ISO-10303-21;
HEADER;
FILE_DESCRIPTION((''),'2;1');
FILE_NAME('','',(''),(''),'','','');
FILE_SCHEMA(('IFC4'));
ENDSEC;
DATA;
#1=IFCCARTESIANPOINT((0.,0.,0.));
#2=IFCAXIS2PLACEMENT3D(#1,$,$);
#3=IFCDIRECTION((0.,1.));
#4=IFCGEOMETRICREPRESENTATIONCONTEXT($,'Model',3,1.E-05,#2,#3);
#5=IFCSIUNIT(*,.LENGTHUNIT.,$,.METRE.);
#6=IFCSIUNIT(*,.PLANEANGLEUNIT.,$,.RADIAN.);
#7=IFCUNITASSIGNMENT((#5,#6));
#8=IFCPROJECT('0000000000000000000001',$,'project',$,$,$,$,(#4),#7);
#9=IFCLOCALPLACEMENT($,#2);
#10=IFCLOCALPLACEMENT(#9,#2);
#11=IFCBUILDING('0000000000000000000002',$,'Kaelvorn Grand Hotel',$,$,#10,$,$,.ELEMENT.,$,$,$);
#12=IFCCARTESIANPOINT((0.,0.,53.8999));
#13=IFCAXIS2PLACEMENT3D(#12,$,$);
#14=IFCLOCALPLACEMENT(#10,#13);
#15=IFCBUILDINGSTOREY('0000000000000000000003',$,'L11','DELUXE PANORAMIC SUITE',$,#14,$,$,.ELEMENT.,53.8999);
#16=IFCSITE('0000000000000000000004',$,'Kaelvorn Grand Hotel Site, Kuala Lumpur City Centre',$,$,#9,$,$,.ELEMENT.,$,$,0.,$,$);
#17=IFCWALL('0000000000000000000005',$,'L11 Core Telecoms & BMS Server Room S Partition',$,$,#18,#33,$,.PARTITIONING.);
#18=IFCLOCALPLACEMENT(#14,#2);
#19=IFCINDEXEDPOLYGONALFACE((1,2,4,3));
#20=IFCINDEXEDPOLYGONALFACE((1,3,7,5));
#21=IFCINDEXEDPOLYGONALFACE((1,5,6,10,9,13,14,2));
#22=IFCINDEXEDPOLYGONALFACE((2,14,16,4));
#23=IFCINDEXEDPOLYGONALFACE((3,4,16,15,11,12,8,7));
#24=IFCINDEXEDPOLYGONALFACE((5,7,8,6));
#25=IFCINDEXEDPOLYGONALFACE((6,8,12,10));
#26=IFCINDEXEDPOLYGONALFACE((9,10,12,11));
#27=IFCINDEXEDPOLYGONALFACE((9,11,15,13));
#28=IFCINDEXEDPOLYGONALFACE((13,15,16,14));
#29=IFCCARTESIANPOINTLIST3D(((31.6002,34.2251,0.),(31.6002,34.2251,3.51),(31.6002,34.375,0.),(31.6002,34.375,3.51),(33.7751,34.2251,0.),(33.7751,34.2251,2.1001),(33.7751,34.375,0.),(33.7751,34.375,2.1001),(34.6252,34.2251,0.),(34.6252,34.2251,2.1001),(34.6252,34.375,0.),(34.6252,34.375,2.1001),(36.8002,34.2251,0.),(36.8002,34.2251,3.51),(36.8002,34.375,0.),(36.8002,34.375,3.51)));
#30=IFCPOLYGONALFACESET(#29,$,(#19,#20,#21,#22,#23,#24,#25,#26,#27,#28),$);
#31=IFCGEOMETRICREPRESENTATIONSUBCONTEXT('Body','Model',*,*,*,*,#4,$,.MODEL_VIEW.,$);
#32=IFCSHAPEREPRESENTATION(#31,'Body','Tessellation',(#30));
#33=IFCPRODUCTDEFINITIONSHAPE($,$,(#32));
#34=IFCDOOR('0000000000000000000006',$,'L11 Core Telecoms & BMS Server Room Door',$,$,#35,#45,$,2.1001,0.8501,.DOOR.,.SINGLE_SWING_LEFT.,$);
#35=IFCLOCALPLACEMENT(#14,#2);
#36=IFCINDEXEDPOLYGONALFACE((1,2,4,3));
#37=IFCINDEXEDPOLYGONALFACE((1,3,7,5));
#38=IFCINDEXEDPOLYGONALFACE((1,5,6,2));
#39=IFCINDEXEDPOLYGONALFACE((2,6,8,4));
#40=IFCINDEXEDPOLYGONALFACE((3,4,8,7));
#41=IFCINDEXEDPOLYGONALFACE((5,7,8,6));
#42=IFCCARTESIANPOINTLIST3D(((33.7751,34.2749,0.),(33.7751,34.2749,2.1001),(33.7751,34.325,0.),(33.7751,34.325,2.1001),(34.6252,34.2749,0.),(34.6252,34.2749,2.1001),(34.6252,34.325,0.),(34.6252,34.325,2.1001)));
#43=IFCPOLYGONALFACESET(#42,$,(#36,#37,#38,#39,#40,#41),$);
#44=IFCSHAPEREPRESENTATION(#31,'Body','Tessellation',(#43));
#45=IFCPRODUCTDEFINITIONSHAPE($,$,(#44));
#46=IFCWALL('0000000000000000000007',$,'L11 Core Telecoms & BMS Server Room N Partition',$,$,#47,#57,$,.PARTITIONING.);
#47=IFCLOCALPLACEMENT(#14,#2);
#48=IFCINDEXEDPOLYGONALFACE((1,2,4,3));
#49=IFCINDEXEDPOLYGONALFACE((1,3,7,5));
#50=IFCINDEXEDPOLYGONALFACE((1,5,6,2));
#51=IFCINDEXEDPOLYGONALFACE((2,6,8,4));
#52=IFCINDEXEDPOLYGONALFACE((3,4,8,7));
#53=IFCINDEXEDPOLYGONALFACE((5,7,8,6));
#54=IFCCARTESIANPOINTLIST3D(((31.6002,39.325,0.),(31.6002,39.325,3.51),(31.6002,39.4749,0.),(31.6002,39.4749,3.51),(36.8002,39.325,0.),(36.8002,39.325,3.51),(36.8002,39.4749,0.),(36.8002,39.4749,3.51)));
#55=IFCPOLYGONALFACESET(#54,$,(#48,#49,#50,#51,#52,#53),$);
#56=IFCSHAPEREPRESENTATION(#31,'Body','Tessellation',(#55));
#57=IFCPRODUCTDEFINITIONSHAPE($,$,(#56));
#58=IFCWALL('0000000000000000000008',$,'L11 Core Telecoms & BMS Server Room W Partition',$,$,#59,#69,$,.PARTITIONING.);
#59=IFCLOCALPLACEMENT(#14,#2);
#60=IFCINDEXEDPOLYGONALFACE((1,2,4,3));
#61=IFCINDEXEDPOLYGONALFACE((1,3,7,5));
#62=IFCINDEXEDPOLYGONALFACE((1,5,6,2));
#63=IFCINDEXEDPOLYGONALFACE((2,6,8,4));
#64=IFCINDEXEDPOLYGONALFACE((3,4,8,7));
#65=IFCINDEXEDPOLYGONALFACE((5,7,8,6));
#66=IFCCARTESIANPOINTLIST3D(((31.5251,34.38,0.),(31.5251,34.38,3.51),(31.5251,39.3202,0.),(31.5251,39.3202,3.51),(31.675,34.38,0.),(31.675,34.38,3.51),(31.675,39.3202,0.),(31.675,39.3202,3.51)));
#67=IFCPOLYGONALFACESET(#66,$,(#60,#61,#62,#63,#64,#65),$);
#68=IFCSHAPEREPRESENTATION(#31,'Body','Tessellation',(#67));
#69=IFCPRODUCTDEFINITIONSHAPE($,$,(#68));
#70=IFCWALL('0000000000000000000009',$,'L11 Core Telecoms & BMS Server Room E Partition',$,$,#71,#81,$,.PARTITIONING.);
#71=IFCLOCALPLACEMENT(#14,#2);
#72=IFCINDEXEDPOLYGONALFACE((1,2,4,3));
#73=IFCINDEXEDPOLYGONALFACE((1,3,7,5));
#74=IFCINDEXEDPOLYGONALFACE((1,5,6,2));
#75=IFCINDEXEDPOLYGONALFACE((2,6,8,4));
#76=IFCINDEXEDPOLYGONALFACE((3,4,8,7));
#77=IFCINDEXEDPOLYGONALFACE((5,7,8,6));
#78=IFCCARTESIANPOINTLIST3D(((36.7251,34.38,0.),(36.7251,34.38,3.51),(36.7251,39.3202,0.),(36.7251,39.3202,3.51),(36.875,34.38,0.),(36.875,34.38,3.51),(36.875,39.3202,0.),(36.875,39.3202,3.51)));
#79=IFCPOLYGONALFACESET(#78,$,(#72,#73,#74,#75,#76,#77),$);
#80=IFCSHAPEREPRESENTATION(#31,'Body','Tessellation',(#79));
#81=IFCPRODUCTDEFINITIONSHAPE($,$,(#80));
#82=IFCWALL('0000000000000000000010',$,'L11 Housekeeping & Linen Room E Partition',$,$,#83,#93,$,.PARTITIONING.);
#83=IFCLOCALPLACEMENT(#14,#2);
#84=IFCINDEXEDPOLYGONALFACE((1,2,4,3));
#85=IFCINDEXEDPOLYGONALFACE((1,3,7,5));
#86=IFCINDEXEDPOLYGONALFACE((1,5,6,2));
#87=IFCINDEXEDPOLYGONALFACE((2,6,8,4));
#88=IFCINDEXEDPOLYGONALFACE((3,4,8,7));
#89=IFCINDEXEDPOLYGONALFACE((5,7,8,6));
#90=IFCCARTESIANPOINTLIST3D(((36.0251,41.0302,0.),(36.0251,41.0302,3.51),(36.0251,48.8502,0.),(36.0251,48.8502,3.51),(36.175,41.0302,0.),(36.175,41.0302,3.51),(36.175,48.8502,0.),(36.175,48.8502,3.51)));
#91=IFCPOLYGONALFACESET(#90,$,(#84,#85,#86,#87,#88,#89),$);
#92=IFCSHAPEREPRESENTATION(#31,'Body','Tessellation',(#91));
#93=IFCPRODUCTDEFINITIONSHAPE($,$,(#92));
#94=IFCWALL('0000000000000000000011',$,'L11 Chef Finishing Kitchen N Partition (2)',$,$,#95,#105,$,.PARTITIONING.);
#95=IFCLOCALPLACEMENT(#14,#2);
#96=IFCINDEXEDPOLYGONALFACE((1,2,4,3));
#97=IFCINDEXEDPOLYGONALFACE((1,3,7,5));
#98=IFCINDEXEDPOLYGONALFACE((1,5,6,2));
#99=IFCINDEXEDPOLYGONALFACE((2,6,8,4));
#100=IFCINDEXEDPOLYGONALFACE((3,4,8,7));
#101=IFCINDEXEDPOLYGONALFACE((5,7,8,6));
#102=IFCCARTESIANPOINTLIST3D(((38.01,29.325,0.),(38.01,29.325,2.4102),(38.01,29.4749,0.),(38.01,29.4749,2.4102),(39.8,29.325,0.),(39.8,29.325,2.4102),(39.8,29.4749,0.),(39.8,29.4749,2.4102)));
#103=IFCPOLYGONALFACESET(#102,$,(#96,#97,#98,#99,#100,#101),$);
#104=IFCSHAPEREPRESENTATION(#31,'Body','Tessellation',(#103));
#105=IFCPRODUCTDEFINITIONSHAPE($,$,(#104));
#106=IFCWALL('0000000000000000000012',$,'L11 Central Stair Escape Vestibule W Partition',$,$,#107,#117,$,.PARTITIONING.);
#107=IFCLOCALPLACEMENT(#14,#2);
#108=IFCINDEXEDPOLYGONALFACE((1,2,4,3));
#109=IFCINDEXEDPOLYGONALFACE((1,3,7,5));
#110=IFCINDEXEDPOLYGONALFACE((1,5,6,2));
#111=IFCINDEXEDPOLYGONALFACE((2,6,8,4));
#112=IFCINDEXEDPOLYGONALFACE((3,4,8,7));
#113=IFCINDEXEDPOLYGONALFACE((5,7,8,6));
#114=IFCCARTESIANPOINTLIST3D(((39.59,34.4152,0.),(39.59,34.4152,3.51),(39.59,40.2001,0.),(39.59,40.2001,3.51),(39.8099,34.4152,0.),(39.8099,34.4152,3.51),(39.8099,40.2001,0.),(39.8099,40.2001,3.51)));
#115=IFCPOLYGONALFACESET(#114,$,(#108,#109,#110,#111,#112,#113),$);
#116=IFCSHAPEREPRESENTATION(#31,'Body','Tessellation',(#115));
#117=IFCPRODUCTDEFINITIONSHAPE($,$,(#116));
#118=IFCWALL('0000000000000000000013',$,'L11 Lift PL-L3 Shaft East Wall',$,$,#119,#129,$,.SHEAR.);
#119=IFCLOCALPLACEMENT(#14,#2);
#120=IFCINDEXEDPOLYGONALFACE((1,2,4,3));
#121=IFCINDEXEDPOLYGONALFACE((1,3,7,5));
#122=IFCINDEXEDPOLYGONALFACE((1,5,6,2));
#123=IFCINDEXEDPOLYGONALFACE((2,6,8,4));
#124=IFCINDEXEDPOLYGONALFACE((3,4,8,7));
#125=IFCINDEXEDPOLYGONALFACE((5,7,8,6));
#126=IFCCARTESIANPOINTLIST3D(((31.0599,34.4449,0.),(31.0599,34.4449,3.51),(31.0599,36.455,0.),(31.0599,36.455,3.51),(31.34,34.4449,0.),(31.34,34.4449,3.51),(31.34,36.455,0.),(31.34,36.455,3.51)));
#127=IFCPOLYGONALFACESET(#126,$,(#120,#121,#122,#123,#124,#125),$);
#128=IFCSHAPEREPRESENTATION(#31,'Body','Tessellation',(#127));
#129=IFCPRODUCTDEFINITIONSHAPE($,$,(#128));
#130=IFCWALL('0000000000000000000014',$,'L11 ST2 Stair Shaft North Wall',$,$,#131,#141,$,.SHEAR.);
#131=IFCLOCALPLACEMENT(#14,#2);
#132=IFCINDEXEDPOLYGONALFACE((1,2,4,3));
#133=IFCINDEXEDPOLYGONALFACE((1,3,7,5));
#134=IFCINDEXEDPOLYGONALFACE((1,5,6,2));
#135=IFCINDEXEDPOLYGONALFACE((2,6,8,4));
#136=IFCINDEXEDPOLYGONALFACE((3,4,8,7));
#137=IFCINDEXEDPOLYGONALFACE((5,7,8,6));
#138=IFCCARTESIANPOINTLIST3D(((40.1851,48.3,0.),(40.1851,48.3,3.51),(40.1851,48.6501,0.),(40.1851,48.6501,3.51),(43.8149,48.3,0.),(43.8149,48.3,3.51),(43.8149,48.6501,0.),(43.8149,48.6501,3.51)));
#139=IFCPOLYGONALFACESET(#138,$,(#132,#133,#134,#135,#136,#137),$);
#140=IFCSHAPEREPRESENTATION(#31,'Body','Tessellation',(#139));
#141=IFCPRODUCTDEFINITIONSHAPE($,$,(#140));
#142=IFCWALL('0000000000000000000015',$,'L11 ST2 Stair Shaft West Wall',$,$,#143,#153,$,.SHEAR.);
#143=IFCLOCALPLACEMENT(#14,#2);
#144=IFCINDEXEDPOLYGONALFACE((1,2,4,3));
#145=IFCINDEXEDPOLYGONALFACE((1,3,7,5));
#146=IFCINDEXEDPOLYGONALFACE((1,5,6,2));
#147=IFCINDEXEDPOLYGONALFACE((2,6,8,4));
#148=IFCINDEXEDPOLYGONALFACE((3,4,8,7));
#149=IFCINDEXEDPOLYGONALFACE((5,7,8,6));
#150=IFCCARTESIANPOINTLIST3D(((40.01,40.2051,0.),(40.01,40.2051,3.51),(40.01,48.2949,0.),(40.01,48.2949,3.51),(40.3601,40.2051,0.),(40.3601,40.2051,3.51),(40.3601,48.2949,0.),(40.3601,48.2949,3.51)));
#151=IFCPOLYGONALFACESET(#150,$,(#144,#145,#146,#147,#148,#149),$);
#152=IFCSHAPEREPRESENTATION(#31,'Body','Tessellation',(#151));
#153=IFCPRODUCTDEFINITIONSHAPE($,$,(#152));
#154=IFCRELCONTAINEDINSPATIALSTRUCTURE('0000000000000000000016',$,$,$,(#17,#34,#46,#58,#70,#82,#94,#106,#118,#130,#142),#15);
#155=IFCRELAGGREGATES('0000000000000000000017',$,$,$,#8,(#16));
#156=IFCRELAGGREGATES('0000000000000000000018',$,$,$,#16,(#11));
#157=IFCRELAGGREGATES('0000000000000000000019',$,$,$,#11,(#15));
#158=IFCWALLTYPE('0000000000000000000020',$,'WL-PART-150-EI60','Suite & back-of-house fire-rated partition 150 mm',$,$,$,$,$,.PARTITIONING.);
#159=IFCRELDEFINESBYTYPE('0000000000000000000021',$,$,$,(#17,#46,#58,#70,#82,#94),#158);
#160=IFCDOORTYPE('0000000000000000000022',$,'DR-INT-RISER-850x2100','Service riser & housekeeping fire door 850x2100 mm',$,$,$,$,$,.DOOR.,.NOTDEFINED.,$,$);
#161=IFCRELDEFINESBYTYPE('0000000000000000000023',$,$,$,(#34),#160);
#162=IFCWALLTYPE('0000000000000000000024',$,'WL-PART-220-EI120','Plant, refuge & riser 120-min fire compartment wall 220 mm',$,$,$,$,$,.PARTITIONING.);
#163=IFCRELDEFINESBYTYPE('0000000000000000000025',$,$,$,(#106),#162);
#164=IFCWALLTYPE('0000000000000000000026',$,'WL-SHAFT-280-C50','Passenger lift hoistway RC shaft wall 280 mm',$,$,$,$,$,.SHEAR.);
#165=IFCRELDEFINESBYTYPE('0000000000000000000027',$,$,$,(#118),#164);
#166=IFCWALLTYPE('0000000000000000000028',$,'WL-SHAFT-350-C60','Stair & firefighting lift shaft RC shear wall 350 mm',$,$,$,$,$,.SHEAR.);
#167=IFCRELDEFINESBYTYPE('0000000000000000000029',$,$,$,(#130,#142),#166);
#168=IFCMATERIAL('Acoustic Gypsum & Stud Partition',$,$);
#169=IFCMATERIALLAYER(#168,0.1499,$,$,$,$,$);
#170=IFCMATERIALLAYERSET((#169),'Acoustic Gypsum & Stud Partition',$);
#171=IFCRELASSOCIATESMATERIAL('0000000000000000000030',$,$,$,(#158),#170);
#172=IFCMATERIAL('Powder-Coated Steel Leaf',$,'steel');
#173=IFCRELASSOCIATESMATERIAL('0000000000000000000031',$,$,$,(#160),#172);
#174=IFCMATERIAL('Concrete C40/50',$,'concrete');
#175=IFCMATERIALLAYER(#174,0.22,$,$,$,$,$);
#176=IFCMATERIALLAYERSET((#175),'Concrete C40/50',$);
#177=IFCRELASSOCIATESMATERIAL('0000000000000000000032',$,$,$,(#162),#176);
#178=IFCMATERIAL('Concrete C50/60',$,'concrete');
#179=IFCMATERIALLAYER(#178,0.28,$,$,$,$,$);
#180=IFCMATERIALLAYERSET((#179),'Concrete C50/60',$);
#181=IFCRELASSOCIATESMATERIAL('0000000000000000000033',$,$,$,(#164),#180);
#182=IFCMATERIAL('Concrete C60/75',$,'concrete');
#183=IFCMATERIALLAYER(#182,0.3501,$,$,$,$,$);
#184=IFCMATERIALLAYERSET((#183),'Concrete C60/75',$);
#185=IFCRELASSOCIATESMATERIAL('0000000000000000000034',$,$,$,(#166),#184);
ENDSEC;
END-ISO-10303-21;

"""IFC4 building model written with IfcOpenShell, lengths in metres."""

from ifc_helpers import new_model, si_unit, direction, frame, frame_2d, origin, place, context, subcontext, project, spatial, rectangle, extrude, material, layer, layer_set, type_object, element, fill, save


model = new_model("IFC4")

# Units and contexts
model_context = context("Model", 3, precision=1e-05, world=origin(), true_north=direction((0.0, 1.0)))
body_context = subcontext(model_context, "Body", "Model", "MODEL_VIEW")
ifc_project = project(units=[si_unit("LENGTHUNIT", "METRE"), si_unit("PLANEANGLEUNIT", "RADIAN")], contexts=[model_context])

# Site, building, storey
site_placement = place(None, origin())
site = spatial("IfcSite", under=ifc_project, at=site_placement, Name="Kaelvorn Grand Hotel Site, Kuala Lumpur City Centre", CompositionType="ELEMENT", RefElevation=0.0)
building_placement = place(site_placement, origin())
building = spatial("IfcBuilding", under=site, at=building_placement, Name="Kaelvorn Grand Hotel", CompositionType="ELEMENT")
storey_placement = place(building_placement, frame((0.0, 0.0, 53.8999)))
storey = spatial("IfcBuildingStorey", under=building, at=storey_placement, Name="L11", Description="DELUXE PANORAMIC SUITE", CompositionType="ELEMENT", Elevation=53.8999)

# Shared definitions
ifc_material_1 = material(Name="Concrete C60/75", Category="concrete")

# Wall, opening, door
ifc_material_2 = material(Name="Acoustic Gypsum & Stud Partition")
ifc_layer_1 = layer(ifc_material_2, 0.1499)
ifc_layer_set_1 = layer_set([ifc_layer_1], Name="Acoustic Gypsum & Stud Partition")
wall_type_1 = type_object("IfcWallType", Name="WL-PART-150-EI60", Description="Suite & back-of-house fire-rated partition 150 mm", PredefinedType="PARTITIONING", material=ifc_layer_set_1)
wall_1_placement = place(storey_placement, frame((31.6001, 34.3, 0.0), z_axis=(0.0, 0.0, 1.0), x_axis=(1.0, 0.0, 0.0)))
wall_1 = element("IfcWall", 1, at=wall_1_placement, inside=storey, type_object=wall_type_1, Name="L11 Core Telecoms & BMS Server Room S Partition", PredefinedType="PARTITIONING", context=body_context, shape_type="SweptSolid", body=[
    extrude(rectangle(XDim=5.2, YDim=0.1499, at=frame_2d((2.6001, 0.0))), origin(), (0.0, 0.0, 1.0), 3.51),
])
opening_1_placement = place(wall_1_placement, frame((2.175, 0.0, 0.0)))
opening_1 = element("IfcOpeningElement", 2, at=opening_1_placement, cuts=wall_1, PredefinedType="OPENING", context=body_context, shape_type="SweptSolid", body=[
    extrude(rectangle(XDim=0.8501, YDim=2.1001, at=frame_2d((0.425, 1.05))), frame((0.0, 0.085, 0.0), z_axis=(0.0, -1.0, 0.0), x_axis=(1.0, 0.0, 0.0)), (0.0, 0.0, 1.0), 0.1699),
])
ifc_material_3 = material(Name="Powder-Coated Steel Leaf", Category="steel")
door_type_1 = type_object("IfcDoorType", Name="DR-INT-RISER-850x2100", Description="Service riser & housekeeping fire door 850x2100 mm", OperationType="NOTDEFINED", PredefinedType="DOOR", material=ifc_material_3)
door_1_placement = place(opening_1_placement, origin())
door_1 = element("IfcDoor", 3, at=door_1_placement, inside=storey, type_object=door_type_1, Name="L11 Core Telecoms & BMS Server Room Door", OperationType="SINGLE_SWING_LEFT", OverallHeight=2.1001, OverallWidth=0.8501, PredefinedType="DOOR", context=body_context, shape_type="SweptSolid", body=[
    extrude(rectangle(XDim=0.8501, YDim=2.1001, at=frame_2d((0.425, 1.05))), frame((0.0, 0.0249, 0.0), z_axis=(0.0, -1.0, 0.0), x_axis=(1.0, 0.0, 0.0)), (0.0, 0.0, 1.0), 0.05),
])
fill(opening_1, door_1)

# Walls
wall_2_placement = place(storey_placement, frame((31.6001, 39.3999, 0.0), z_axis=(0.0, 0.0, 1.0), x_axis=(1.0, 0.0, 0.0)))
element("IfcWall", 4, at=wall_2_placement, inside=storey, type_object=wall_type_1, Name="L11 Core Telecoms & BMS Server Room N Partition", PredefinedType="PARTITIONING", context=body_context, shape_type="SweptSolid", body=[
    extrude(rectangle(XDim=5.2, YDim=0.1499, at=frame_2d((2.6001, 0.0))), origin(), (0.0, 0.0, 1.0), 3.51),
])
for number, where, z_axis, x_axis, name in (
    (5, (31.6001, 34.3799, 0.0), (0.0, 0.0, 1.0), (0.0, 1.0, 0.0), "L11 Core Telecoms & BMS Server Room W Partition"),
    (6, (36.8, 34.3799, 0.0), (0.0, 0.0, 1.0), (0.0, 1.0, 0.0), "L11 Core Telecoms & BMS Server Room E Partition"),
):
    element("IfcWall", number, at=place(storey_placement, frame(where, z_axis=z_axis, x_axis=x_axis)), inside=storey, type_object=wall_type_1, Name=name, PredefinedType="PARTITIONING", context=body_context, shape_type="SweptSolid", body=[
        extrude(rectangle(XDim=4.9402, YDim=0.1499, at=frame_2d((2.4702, 0.0))), origin(), (0.0, 0.0, 1.0), 3.51),
    ])
wall_3_placement = place(storey_placement, frame((36.1001, 41.03, 0.0), z_axis=(0.0, 0.0, 1.0), x_axis=(0.0, 1.0, 0.0)))
element("IfcWall", 7, at=wall_3_placement, inside=storey, type_object=wall_type_1, Name="L11 Housekeeping & Linen Room E Partition", PredefinedType="PARTITIONING", context=body_context, shape_type="SweptSolid", body=[
    extrude(rectangle(XDim=7.8201, YDim=0.1499, at=frame_2d((3.9102, 0.0))), origin(), (0.0, 0.0, 1.0), 3.51),
])
wall_4_placement = place(storey_placement, frame((38.01, 29.3999, 0.0), z_axis=(0.0, 0.0, 1.0), x_axis=(1.0, 0.0, 0.0)))
element("IfcWall", 8, at=wall_4_placement, inside=storey, type_object=wall_type_1, Name="L11 Chef Finishing Kitchen N Partition (2)", PredefinedType="PARTITIONING", context=body_context, shape_type="SweptSolid", body=[
    extrude(rectangle(XDim=1.79, YDim=0.1499, at=frame_2d((0.895, 0.0))), origin(), (0.0, 0.0, 1.0), 2.4102),
])

# Shared definitions
ifc_material_4 = material(Name="Concrete C40/50", Category="concrete")
ifc_layer_2 = layer(ifc_material_4, 0.22)
ifc_layer_set_2 = layer_set([ifc_layer_2], Name="Concrete C40/50")
wall_type_2 = type_object("IfcWallType", Name="WL-PART-220-EI120", Description="Plant, refuge & riser 120-min fire compartment wall 220 mm", PredefinedType="PARTITIONING", material=ifc_layer_set_2)

# Walls
wall_5_placement = place(storey_placement, frame((39.7, 34.415, 0.0), z_axis=(0.0, 0.0, 1.0), x_axis=(0.0, 1.0, 0.0)))
element("IfcWall", 9, at=wall_5_placement, inside=storey, type_object=wall_type_2, Name="L11 Central Stair Escape Vestibule W Partition", PredefinedType="PARTITIONING", context=body_context, shape_type="SweptSolid", body=[
    extrude(rectangle(XDim=5.7849, YDim=0.22, at=frame_2d((2.8926, 0.0))), origin(), (0.0, 0.0, 1.0), 3.51),
])
ifc_material_5 = material(Name="Concrete C50/60", Category="concrete")
ifc_layer_3 = layer(ifc_material_5, 0.28)
ifc_layer_set_3 = layer_set([ifc_layer_3], Name="Concrete C50/60")
wall_type_3 = type_object("IfcWallType", Name="WL-SHAFT-280-C50", Description="Passenger lift hoistway RC shaft wall 280 mm", PredefinedType="SHEAR", material=ifc_layer_set_3)
wall_6_placement = place(storey_placement, frame((31.2, 34.4451, 0.0), z_axis=(0.0, 0.0, 1.0), x_axis=(0.0, 1.0, 0.0)))
element("IfcWall", 10, at=wall_6_placement, inside=storey, type_object=wall_type_3, Name="L11 Lift PL-L3 Shaft East Wall", PredefinedType="SHEAR", context=body_context, shape_type="SweptSolid", body=[
    extrude(rectangle(XDim=2.01, YDim=0.28, at=frame_2d((1.0049, 0.0))), origin(), (0.0, 0.0, 1.0), 3.51),
])

# Shared definitions
ifc_layer_4 = layer(ifc_material_1, 0.3501)
ifc_layer_set_4 = layer_set([ifc_layer_4], Name="Concrete C60/75")
wall_type_4 = type_object("IfcWallType", Name="WL-SHAFT-350-C60", Description="Stair & firefighting lift shaft RC shear wall 350 mm", PredefinedType="SHEAR", material=ifc_layer_set_4)

# Walls
wall_7_placement = place(storey_placement, frame((40.1851, 48.4751, 0.0), z_axis=(0.0, 0.0, 1.0), x_axis=(1.0, 0.0, 0.0)))
element("IfcWall", 11, at=wall_7_placement, inside=storey, type_object=wall_type_4, Name="L11 ST2 Stair Shaft North Wall", PredefinedType="SHEAR", context=body_context, shape_type="SweptSolid", body=[
    extrude(rectangle(XDim=3.6299, YDim=0.3501, at=frame_2d((1.8149, 0.0))), origin(), (0.0, 0.0, 1.0), 3.51),
])
wall_8_placement = place(storey_placement, frame((40.1851, 40.2051, 0.0), z_axis=(0.0, 0.0, 1.0), x_axis=(0.0, 1.0, 0.0)))
element("IfcWall", 12, at=wall_8_placement, inside=storey, type_object=wall_type_4, Name="L11 ST2 Stair Shaft West Wall", PredefinedType="SHEAR", context=body_context, shape_type="SweptSolid", body=[
    extrude(rectangle(XDim=8.0898, YDim=0.3501, at=frame_2d((4.0449, 0.0))), origin(), (0.0, 0.0, 1.0), 3.51),
])

save(model, "model.ifc")
